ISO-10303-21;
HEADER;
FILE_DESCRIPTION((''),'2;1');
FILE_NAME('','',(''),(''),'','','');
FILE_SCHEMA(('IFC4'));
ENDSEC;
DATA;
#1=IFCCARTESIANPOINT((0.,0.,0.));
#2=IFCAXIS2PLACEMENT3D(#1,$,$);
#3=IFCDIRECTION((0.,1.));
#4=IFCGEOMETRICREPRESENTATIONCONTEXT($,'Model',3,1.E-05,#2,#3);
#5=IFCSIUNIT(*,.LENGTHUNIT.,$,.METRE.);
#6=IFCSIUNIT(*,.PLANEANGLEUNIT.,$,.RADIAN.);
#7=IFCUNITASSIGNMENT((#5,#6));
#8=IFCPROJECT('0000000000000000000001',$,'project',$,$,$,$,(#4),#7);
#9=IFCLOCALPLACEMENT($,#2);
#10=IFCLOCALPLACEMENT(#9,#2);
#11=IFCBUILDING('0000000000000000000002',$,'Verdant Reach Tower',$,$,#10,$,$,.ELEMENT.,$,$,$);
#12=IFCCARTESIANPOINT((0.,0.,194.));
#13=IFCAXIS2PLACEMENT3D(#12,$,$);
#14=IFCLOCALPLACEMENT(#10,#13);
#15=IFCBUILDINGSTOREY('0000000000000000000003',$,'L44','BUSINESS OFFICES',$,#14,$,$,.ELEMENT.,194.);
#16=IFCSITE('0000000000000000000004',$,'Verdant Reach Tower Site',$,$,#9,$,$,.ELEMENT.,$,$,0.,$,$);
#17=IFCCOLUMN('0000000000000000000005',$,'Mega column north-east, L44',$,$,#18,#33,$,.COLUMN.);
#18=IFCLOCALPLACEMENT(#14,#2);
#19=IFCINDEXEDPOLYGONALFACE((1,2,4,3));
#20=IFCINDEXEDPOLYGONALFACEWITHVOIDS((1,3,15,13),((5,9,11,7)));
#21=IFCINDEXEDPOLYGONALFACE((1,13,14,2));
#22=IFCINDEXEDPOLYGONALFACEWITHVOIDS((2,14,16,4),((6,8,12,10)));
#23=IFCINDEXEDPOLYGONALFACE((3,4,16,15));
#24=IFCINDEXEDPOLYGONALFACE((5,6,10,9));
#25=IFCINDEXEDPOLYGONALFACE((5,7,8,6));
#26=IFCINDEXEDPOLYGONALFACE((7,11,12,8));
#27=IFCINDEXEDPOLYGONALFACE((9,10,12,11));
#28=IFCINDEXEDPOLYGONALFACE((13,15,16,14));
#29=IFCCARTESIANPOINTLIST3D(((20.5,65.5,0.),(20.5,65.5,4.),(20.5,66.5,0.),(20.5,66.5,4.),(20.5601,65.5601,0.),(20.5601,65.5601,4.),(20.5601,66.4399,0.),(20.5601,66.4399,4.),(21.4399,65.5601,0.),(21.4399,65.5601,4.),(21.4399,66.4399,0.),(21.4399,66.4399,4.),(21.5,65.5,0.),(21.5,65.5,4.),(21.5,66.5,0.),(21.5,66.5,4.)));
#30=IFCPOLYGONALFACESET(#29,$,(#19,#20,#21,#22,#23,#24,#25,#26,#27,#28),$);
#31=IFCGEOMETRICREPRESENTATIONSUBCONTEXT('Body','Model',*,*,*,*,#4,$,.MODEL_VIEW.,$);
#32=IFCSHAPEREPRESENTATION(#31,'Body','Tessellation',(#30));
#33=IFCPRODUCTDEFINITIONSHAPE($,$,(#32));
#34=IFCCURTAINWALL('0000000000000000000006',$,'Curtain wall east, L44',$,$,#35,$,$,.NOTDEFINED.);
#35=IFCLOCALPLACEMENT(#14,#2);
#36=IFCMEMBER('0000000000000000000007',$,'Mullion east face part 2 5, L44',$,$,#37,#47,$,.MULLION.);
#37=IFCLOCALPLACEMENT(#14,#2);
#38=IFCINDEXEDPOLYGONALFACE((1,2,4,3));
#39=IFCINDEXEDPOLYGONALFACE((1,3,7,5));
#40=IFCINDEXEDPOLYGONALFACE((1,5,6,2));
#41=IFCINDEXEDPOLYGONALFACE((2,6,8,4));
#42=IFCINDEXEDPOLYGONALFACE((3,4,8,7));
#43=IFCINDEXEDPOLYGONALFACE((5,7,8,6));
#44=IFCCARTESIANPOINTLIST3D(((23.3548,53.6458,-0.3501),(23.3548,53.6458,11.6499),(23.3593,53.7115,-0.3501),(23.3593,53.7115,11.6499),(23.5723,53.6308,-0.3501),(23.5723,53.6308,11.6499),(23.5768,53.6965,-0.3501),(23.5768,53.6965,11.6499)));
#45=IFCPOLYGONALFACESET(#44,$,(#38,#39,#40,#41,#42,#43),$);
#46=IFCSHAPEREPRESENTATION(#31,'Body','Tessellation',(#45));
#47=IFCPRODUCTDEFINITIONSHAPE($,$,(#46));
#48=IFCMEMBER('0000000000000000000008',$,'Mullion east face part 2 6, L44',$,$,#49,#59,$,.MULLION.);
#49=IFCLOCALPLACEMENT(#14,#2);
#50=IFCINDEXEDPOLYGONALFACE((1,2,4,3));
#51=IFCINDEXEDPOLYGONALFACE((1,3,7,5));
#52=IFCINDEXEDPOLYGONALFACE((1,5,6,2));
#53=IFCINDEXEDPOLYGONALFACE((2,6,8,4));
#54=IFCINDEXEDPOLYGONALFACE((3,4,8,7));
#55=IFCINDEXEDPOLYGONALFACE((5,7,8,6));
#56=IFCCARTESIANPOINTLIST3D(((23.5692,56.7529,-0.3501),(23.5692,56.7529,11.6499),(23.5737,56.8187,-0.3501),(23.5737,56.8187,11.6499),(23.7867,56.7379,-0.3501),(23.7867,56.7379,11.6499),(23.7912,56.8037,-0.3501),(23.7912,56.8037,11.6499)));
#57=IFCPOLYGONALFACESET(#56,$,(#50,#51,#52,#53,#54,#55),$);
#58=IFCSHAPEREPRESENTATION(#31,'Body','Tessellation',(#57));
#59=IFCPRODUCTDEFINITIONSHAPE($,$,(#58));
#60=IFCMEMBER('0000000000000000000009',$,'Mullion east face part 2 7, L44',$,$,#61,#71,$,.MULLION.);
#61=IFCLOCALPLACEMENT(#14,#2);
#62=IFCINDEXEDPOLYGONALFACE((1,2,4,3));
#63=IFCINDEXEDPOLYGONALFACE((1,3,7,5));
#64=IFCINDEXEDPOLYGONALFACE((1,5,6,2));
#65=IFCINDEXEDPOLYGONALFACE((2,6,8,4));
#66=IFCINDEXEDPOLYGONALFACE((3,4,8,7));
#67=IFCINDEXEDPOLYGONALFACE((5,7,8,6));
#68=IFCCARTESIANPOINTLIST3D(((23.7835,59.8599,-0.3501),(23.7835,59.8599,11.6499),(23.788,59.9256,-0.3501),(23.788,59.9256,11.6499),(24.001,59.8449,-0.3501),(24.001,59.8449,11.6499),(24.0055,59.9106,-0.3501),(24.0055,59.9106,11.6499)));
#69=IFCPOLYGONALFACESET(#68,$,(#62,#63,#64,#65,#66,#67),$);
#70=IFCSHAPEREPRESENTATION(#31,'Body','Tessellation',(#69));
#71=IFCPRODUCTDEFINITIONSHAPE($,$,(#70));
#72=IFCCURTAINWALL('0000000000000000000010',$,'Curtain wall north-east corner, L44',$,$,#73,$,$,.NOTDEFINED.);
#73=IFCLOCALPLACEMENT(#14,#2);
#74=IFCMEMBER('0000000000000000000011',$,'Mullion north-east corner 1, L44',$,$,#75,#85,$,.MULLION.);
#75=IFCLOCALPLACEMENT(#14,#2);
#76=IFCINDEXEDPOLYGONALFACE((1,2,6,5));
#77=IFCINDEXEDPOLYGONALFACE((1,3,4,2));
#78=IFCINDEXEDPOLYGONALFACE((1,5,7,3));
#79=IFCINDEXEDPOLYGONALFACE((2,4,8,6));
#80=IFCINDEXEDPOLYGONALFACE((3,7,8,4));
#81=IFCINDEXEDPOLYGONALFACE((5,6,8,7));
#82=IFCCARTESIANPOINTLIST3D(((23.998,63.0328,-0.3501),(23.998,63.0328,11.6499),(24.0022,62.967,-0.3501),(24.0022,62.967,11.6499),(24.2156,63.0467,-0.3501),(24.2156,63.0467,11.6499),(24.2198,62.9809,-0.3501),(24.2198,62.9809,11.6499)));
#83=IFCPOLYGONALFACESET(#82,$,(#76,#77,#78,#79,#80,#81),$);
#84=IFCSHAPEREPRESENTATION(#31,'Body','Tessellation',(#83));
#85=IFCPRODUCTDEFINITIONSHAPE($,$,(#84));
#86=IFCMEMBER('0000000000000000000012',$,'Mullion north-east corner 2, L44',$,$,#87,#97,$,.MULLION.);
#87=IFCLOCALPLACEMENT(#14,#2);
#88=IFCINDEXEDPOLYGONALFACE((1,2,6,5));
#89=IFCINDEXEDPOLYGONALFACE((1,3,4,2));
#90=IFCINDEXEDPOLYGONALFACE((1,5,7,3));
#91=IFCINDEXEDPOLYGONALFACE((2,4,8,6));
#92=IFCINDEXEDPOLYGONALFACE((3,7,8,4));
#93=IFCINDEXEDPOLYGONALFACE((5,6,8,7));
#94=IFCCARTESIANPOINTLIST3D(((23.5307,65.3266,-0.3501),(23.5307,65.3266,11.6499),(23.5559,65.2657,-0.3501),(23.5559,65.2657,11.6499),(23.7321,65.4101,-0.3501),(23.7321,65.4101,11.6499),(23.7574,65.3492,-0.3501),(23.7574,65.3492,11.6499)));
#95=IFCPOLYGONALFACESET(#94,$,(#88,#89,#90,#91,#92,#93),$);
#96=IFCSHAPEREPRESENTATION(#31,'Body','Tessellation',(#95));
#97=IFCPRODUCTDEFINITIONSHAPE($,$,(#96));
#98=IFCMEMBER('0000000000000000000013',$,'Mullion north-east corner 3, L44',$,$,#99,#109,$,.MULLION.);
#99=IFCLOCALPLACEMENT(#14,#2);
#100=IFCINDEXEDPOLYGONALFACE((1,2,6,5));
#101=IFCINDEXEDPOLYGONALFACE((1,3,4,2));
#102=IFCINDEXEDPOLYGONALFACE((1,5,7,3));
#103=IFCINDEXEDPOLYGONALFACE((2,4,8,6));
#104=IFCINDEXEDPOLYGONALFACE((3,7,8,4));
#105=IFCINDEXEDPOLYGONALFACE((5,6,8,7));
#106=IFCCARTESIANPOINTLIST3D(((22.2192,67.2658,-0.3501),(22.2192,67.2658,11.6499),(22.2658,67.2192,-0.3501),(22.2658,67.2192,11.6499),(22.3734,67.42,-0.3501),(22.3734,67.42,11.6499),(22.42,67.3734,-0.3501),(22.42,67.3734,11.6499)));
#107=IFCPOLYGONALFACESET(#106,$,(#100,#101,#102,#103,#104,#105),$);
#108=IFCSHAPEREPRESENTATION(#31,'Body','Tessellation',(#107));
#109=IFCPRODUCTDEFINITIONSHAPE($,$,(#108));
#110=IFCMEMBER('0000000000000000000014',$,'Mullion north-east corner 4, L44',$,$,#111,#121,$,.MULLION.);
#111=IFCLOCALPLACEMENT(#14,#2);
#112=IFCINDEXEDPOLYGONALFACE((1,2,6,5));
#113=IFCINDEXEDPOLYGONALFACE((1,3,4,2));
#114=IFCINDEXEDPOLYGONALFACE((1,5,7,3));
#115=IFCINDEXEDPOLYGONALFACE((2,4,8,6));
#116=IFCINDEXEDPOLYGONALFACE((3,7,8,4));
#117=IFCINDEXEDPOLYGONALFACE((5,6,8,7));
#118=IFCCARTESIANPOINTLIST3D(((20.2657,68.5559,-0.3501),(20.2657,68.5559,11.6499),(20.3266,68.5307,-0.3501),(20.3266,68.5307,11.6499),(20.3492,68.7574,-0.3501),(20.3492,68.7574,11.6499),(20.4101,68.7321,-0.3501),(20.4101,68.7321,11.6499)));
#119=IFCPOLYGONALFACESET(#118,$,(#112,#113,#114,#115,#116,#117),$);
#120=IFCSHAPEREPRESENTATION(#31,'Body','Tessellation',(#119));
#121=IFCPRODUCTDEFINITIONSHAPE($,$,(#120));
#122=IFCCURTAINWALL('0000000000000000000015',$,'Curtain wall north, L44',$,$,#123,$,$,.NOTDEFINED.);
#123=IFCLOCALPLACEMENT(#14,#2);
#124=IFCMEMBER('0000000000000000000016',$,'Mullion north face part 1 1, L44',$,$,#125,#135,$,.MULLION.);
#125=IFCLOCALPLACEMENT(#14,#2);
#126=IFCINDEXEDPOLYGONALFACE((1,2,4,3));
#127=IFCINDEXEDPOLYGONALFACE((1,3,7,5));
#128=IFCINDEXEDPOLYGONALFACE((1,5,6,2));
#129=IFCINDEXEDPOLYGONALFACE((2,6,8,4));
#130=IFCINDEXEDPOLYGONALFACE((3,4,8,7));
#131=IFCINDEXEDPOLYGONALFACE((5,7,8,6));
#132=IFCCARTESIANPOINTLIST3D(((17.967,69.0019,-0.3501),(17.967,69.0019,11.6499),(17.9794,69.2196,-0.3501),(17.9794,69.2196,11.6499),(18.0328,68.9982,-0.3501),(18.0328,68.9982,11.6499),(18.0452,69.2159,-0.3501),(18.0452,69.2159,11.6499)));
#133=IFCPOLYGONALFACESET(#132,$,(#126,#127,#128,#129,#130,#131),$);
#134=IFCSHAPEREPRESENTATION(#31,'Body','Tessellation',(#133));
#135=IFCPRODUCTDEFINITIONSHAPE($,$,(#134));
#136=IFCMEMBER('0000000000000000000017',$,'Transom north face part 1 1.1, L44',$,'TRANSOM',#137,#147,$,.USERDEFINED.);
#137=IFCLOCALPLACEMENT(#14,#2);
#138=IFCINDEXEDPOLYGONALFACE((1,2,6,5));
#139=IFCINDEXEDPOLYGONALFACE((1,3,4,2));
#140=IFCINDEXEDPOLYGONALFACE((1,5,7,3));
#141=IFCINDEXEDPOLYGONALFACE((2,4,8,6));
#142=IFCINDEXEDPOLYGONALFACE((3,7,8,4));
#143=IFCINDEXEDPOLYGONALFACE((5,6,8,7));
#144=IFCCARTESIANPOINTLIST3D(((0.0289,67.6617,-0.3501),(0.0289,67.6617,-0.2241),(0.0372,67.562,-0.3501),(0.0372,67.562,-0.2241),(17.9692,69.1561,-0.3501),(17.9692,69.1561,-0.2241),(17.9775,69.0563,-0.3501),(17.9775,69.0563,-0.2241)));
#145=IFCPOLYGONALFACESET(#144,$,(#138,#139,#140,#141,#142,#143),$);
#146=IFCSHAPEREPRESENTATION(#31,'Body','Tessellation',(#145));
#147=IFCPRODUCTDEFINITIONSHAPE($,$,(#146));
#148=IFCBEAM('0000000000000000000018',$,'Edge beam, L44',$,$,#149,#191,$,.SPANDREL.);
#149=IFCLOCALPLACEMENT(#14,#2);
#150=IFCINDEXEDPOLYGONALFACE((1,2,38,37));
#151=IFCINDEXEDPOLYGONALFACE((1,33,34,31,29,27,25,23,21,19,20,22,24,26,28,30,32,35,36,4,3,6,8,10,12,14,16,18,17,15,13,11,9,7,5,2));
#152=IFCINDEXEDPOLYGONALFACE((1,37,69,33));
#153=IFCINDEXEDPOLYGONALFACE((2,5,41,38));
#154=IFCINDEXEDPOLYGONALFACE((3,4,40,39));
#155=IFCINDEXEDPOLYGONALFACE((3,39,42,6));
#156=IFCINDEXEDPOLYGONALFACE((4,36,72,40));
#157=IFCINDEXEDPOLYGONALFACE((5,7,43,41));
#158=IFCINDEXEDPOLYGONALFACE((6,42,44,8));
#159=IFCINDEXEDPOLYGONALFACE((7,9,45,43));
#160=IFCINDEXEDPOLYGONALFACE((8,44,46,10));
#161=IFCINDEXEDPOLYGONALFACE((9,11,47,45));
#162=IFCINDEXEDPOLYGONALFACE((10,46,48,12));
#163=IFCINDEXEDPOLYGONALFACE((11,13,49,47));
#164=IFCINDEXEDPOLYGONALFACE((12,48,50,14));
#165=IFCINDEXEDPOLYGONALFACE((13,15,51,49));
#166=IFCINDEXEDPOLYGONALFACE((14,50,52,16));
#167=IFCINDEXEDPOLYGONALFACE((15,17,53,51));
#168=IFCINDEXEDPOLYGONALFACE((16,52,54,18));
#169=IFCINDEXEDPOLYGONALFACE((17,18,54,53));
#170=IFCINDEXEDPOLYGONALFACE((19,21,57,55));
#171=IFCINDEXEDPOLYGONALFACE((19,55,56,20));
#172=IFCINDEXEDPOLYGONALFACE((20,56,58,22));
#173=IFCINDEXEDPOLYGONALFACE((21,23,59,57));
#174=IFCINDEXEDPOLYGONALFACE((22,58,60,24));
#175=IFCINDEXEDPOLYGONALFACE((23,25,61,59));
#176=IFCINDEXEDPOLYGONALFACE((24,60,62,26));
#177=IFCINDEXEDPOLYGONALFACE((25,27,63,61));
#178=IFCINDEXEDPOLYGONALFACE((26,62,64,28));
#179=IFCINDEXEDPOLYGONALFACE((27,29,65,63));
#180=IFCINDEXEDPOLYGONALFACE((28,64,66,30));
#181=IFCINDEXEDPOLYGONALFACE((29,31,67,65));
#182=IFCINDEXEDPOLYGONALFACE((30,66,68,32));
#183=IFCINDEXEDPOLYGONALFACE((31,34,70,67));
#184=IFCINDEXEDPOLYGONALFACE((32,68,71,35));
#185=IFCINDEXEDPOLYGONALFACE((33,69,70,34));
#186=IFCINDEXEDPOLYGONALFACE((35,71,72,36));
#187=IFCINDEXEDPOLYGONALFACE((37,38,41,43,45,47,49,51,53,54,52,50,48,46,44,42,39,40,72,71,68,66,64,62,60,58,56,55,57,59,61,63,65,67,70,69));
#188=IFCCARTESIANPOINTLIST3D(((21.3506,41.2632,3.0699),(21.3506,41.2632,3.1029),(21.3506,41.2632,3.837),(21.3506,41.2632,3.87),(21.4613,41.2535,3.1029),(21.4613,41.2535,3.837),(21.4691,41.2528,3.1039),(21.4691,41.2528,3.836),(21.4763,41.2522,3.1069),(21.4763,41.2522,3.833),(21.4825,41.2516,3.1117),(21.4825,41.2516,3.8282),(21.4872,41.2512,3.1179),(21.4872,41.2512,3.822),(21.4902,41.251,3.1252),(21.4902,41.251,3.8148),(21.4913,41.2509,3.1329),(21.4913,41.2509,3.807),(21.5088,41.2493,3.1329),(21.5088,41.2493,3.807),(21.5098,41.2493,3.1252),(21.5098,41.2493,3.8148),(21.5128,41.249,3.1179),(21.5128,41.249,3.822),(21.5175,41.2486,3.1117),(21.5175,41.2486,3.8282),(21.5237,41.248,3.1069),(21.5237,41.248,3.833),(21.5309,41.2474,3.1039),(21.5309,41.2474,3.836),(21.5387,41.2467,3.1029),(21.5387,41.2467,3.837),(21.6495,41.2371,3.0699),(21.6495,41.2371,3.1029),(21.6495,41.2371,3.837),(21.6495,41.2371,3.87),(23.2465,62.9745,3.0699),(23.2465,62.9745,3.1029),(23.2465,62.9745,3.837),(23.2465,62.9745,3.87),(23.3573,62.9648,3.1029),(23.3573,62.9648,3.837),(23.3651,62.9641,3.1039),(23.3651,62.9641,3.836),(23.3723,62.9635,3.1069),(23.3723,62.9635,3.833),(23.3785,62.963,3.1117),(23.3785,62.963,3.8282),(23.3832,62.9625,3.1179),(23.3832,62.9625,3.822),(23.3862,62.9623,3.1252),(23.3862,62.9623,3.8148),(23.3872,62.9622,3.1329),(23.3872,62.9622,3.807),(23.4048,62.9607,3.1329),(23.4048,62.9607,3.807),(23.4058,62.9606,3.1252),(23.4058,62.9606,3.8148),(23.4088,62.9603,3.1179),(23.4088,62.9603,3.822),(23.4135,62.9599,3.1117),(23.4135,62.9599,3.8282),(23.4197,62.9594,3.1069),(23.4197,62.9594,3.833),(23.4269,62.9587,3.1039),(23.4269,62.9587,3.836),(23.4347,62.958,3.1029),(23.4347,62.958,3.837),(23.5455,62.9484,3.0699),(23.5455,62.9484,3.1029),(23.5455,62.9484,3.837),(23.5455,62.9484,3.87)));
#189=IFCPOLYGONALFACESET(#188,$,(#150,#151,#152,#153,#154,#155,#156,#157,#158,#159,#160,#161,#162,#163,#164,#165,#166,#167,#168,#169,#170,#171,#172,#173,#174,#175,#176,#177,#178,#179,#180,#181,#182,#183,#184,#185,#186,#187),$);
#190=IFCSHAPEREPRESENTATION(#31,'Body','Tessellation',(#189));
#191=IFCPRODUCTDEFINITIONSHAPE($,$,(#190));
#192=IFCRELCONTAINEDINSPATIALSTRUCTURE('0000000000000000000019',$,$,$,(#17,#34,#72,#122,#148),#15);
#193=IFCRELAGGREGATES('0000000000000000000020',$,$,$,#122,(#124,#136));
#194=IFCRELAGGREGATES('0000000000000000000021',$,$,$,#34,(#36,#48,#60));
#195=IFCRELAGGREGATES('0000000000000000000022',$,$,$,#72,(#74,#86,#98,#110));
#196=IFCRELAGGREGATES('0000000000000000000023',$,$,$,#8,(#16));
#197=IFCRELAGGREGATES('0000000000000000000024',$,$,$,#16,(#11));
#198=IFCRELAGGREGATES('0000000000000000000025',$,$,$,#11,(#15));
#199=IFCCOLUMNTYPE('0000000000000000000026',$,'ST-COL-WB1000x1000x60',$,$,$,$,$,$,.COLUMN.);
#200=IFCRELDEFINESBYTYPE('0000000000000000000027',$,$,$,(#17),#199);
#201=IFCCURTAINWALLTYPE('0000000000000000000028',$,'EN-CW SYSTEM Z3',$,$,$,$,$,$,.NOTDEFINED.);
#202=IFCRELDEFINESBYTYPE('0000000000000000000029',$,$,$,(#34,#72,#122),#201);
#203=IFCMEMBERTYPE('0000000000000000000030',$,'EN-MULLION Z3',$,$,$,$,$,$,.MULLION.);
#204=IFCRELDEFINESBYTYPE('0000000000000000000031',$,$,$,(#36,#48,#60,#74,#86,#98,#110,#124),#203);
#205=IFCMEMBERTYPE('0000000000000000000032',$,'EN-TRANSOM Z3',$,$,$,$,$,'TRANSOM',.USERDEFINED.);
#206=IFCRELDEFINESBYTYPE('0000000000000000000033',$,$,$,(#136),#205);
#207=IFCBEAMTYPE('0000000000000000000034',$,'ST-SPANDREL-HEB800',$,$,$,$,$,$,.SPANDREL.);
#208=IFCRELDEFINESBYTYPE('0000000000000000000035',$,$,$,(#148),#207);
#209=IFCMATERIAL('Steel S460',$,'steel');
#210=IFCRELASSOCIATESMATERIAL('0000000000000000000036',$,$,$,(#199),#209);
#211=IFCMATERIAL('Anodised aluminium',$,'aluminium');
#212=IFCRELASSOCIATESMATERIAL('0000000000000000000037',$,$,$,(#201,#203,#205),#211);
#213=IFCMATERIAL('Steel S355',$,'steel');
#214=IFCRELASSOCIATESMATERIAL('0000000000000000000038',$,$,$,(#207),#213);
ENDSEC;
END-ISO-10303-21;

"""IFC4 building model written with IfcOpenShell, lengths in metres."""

from ifc_helpers import new_model, si_unit, direction, frame, origin, origin_2d, place, context, subcontext, project, spatial, rectangle, hollow_rectangle, i_section, extrude, material, material_profile, profile_set, type_object, element, aggregate, save


model = new_model("IFC4")

# Units and contexts
model_context = context("Model", 3, precision=1e-05, world=origin(), true_north=direction((0.0, 1.0)))
body_context = subcontext(model_context, "Body", "Model", "MODEL_VIEW")
ifc_project = project(units=[si_unit("LENGTHUNIT", "METRE"), si_unit("PLANEANGLEUNIT", "RADIAN")], contexts=[model_context])

# Site, building, storey
site_placement = place(None, origin())
site = spatial("IfcSite", under=ifc_project, at=site_placement, Name="Verdant Reach Tower Site", CompositionType="ELEMENT", RefElevation=0.0)
building_placement = place(site_placement, origin())
building = spatial("IfcBuilding", under=site, at=building_placement, Name="Verdant Reach Tower", CompositionType="ELEMENT")
storey_placement = place(building_placement, frame((0.0, 0.0, 194.0)))
storey = spatial("IfcBuildingStorey", under=building, at=storey_placement, Name="L44", Description="BUSINESS OFFICES", CompositionType="ELEMENT", Elevation=194.0)

# Column
ifc_material_1 = material(Name="Steel S460", Category="steel")
ifc_material_profile_1 = material_profile(ifc_material_1, hollow_rectangle(XDim=1.0, YDim=1.0, WallThickness=0.0601, at=origin_2d()), Name="WB 1000x1000x60")
ifc_profile_set_1 = profile_set([ifc_material_profile_1], Name="Steel S460")
column_type = type_object("IfcColumnType", Name="ST-COL-WB1000x1000x60", PredefinedType="COLUMN", material=ifc_profile_set_1)
column_placement = place(storey_placement, frame((21.0, 66.0, 0.0), z_axis=(0.0, 0.0, 1.0), x_axis=(1.0, 0.0, 0.0)))
element("IfcColumn", 1, at=column_placement, inside=storey, type_object=column_type, Name="Mega column north-east, L44", PredefinedType="COLUMN", context=body_context, shape_type="SweptSolid", body=[
    extrude(hollow_rectangle(XDim=1.0, YDim=1.0, WallThickness=0.0601, at=origin_2d()), origin(), (0.0, 0.0, 1.0), 4.0),
])

# Curtain walls, members
ifc_material_2 = material(Name="Anodised aluminium", Category="aluminium")
curtain_wall_type = type_object("IfcCurtainWallType", Name="EN-CW SYSTEM Z3", PredefinedType="NOTDEFINED", material=ifc_material_2)
curtain_wall_1_placement = place(storey_placement, origin())
curtain_wall_1 = element("IfcCurtainWall", 2, at=curtain_wall_1_placement, inside=storey, type_object=curtain_wall_type, Name="Curtain wall east, L44", PredefinedType="NOTDEFINED")
ifc_material_profile_2 = material_profile(ifc_material_2, rectangle(XDim=0.218, YDim=0.0659, at=origin_2d()), Name="Mullion 66x218")
ifc_profile_set_2 = profile_set([ifc_material_profile_2], Name="Anodised aluminium")
member_type_1 = type_object("IfcMemberType", Name="EN-MULLION Z3", PredefinedType="MULLION", material=ifc_profile_set_2)
member_1_placement = place(storey_placement, frame((23.4658, 53.6711, -0.3501), z_axis=(0.0, 0.0, 1.0), x_axis=(0.99763, -0.068802, 0.0)))
member_1 = element("IfcMember", 3, at=member_1_placement, type_object=member_type_1, Name="Mullion east face part 2 5, L44", PredefinedType="MULLION", context=body_context, shape_type="SweptSolid", body=[
    extrude(rectangle(XDim=0.218, YDim=0.0659, at=origin_2d()), origin(), (0.0, 0.0, 1.0), 12.0),
])
member_2_placement = place(storey_placement, frame((23.6802, 56.7783, -0.3501), z_axis=(0.0, 0.0, 1.0), x_axis=(0.99763, -0.068802, 0.0)))
member_2 = element("IfcMember", 4, at=member_2_placement, type_object=member_type_1, Name="Mullion east face part 2 6, L44", PredefinedType="MULLION", context=body_context, shape_type="SweptSolid", body=[
    extrude(rectangle(XDim=0.218, YDim=0.0659, at=origin_2d()), origin(), (0.0, 0.0, 1.0), 12.0),
])
member_3_placement = place(storey_placement, frame((23.8945, 59.8853, -0.3501), z_axis=(0.0, 0.0, 1.0), x_axis=(0.99763, -0.068802, 0.0)))
member_3 = element("IfcMember", 5, at=member_3_placement, type_object=member_type_1, Name="Mullion east face part 2 7, L44", PredefinedType="MULLION", context=body_context, shape_type="SweptSolid", body=[
    extrude(rectangle(XDim=0.218, YDim=0.0659, at=origin_2d()), origin(), (0.0, 0.0, 1.0), 12.0),
])
curtain_wall_2_placement = place(storey_placement, origin())
curtain_wall_2 = element("IfcCurtainWall", 6, at=curtain_wall_2_placement, inside=storey, type_object=curtain_wall_type, Name="Curtain wall north-east corner, L44", PredefinedType="NOTDEFINED")
member_4_placement = place(storey_placement, frame((24.1089, 63.0068, -0.3501), z_axis=(0.0, 0.0, 1.0), x_axis=(0.997969, 0.063699, 0.0)))
member_4 = element("IfcMember", 7, at=member_4_placement, type_object=member_type_1, Name="Mullion north-east corner 1, L44", PredefinedType="MULLION", context=body_context, shape_type="SweptSolid", body=[
    extrude(rectangle(XDim=0.218, YDim=0.0659, at=origin_2d()), origin(), (0.0, 0.0, 1.0), 12.0),
])
member_5_placement = place(storey_placement, frame((23.644, 65.3379, -0.3501), z_axis=(0.0, 0.0, 1.0), x_axis=(0.923875, 0.382694, 0.0)))
member_5 = element("IfcMember", 8, at=member_5_placement, type_object=member_type_1, Name="Mullion north-east corner 2, L44", PredefinedType="MULLION", context=body_context, shape_type="SweptSolid", body=[
    extrude(rectangle(XDim=0.218, YDim=0.0659, at=origin_2d()), origin(), (0.0, 0.0, 1.0), 12.0),
])
member_6_placement = place(storey_placement, frame((22.3196, 67.3196, -0.3501), z_axis=(0.0, 0.0, 1.0), x_axis=(0.707107, 0.707107, 0.0)))
member_6 = element("IfcMember", 9, at=member_6_placement, type_object=member_type_1, Name="Mullion north-east corner 3, L44", PredefinedType="MULLION", context=body_context, shape_type="SweptSolid", body=[
    extrude(rectangle(XDim=0.218, YDim=0.0659, at=origin_2d()), origin(), (0.0, 0.0, 1.0), 12.0),
])
member_7_placement = place(storey_placement, frame((20.3379, 68.644, -0.3501), z_axis=(0.0, 0.0, 1.0), x_axis=(0.382694, 0.923875, 0.0)))
member_7 = element("IfcMember", 10, at=member_7_placement, type_object=member_type_1, Name="Mullion north-east corner 4, L44", PredefinedType="MULLION", context=body_context, shape_type="SweptSolid", body=[
    extrude(rectangle(XDim=0.218, YDim=0.0659, at=origin_2d()), origin(), (0.0, 0.0, 1.0), 12.0),
])
curtain_wall_3_placement = place(storey_placement, origin())
curtain_wall_3 = element("IfcCurtainWall", 11, at=curtain_wall_3_placement, inside=storey, type_object=curtain_wall_type, Name="Curtain wall north, L44", PredefinedType="NOTDEFINED")
member_8_placement = place(storey_placement, frame((18.0061, 69.1089, -0.3501), z_axis=(0.0, 0.0, 1.0), x_axis=(0.056569, 0.998399, 0.0)))
member_8 = element("IfcMember", 12, at=member_8_placement, type_object=member_type_1, Name="Mullion north face part 1 1, L44", PredefinedType="MULLION", context=body_context, shape_type="SweptSolid", body=[
    extrude(rectangle(XDim=0.218, YDim=0.0659, at=origin_2d()), origin(), (0.0, 0.0, 1.0), 12.0),
])
ifc_material_profile_3 = material_profile(ifc_material_2, rectangle(XDim=0.1001, YDim=0.126, at=origin_2d()), Name="Transom 126x100")
ifc_profile_set_3 = profile_set([ifc_material_profile_3], Name="Anodised aluminium")
member_type_2 = type_object("IfcMemberType", Name="EN-TRANSOM Z3", ElementType="TRANSOM", PredefinedType="USERDEFINED", material=ifc_profile_set_3)
member_9_placement = place(storey_placement, frame((17.9734, 69.1062, -0.2871), z_axis=(-0.996549, -0.08301, 0.0), x_axis=(0.08301, -0.996549, 0.0)))
member_9 = element("IfcMember", 13, at=member_9_placement, type_object=member_type_2, Name="Transom north face part 1 1.1, L44", ObjectType="TRANSOM", PredefinedType="USERDEFINED", context=body_context, shape_type="SweptSolid", body=[
    extrude(rectangle(XDim=0.1001, YDim=0.126, at=origin_2d()), origin(), (0.0, 0.0, 1.0), 18.0024),
])
aggregate(curtain_wall_3, [member_8, member_9])

# Beam
ifc_material_3 = material(Name="Steel S355", Category="steel")
ifc_material_profile_4 = material_profile(ifc_material_3, i_section(OverallWidth=0.3, OverallDepth=0.8, WebThickness=0.0176, FlangeThickness=0.033, FilletRadius=0.03, at=origin_2d()), Name="HEB 800")
ifc_profile_set_4 = profile_set([ifc_material_profile_4], Name="Steel S355")
beam_type_1 = type_object("IfcBeamType", Name="ST-SPANDREL-HEB800", PredefinedType="SPANDREL", material=ifc_profile_set_4)
beam_1_placement = place(storey_placement, frame((23.396, 62.9614, 3.47), z_axis=(-0.086996, -0.996209, 0.0), x_axis=(0.996209, -0.086996, 0.0)))
element("IfcBeam", 14, at=beam_1_placement, inside=storey, type_object=beam_type_1, Name="Edge beam, L44", PredefinedType="SPANDREL", context=body_context, shape_type="SweptSolid", body=[
    extrude(i_section(OverallWidth=0.3, OverallDepth=0.8, WebThickness=0.0176, FlangeThickness=0.033, FilletRadius=0.03, at=origin_2d()), origin(), (0.0, 0.0, 1.0), 21.7939),
])

aggregate(curtain_wall_1, [member_1, member_2, member_3])
aggregate(curtain_wall_2, [member_4, member_5, member_6, member_7])

save(model, "model.ifc")
